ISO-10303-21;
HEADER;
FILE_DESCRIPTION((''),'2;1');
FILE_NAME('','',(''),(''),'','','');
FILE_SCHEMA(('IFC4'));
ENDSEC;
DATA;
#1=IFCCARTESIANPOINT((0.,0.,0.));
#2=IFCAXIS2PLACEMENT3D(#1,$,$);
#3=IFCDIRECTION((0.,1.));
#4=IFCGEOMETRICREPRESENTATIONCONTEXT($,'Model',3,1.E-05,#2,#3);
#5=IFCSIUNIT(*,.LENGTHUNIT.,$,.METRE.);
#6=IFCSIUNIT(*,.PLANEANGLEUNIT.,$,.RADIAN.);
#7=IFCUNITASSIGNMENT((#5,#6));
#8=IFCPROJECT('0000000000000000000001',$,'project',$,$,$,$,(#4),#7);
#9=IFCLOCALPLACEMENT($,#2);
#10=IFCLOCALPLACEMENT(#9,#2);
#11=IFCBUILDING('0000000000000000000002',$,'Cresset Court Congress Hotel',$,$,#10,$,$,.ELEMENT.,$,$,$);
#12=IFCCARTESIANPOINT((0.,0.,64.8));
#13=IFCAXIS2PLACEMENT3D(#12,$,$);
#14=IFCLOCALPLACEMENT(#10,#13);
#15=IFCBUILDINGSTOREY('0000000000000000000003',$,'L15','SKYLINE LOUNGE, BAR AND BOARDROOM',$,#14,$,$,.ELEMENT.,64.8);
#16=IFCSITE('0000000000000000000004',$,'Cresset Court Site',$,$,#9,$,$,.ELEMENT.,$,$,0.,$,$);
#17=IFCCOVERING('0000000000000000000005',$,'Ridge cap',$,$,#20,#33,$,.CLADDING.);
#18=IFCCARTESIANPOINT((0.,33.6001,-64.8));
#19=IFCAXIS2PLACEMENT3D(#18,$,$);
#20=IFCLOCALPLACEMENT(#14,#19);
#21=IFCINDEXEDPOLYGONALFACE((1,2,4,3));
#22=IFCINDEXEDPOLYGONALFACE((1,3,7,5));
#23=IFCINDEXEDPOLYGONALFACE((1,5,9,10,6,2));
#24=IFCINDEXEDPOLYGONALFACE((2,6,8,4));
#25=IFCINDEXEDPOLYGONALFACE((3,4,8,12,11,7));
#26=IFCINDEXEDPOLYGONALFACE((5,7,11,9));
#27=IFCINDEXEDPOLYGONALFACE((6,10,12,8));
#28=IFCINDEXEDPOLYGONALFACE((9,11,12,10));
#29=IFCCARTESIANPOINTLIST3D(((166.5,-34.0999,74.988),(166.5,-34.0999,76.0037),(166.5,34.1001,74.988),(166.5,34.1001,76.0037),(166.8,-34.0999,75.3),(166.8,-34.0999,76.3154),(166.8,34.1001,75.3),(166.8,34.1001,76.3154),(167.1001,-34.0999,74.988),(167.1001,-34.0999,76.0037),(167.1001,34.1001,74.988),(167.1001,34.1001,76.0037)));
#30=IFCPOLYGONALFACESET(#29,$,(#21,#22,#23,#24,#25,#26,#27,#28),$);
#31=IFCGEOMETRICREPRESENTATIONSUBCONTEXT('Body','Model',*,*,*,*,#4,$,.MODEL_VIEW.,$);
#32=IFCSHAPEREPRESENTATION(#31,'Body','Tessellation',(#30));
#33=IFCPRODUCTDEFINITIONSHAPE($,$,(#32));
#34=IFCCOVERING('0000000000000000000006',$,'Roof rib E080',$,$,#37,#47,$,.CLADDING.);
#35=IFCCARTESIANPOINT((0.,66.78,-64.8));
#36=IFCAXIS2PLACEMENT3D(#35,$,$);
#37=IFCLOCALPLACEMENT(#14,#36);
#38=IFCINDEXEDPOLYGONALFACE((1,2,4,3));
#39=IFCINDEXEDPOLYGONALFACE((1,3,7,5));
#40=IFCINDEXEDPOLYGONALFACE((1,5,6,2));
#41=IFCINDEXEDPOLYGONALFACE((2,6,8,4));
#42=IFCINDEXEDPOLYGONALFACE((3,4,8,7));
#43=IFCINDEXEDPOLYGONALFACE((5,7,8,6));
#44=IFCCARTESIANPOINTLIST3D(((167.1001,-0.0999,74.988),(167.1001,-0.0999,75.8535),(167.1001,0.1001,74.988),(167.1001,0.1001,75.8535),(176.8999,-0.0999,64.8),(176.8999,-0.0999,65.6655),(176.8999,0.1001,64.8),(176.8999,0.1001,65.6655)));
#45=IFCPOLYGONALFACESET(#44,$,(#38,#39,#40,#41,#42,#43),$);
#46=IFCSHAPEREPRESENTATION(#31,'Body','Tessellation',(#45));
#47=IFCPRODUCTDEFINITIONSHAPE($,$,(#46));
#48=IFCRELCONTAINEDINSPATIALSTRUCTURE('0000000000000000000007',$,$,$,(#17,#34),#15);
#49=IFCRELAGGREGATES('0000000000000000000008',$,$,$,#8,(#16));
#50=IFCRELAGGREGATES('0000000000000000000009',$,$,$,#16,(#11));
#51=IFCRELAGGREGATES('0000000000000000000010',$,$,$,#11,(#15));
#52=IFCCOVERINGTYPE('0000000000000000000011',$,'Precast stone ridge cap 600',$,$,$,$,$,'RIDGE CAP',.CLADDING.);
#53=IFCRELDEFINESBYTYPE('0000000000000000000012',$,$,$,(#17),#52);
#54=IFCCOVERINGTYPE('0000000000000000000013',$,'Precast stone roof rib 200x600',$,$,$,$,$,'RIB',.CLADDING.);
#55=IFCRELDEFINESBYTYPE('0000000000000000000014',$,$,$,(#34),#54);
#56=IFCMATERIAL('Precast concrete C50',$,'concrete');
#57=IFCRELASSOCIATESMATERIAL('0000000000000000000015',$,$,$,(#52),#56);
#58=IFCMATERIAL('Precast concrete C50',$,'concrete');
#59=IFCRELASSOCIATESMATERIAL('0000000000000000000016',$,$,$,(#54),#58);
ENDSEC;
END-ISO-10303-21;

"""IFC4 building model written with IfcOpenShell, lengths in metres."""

from ifc_helpers import new_model, si_unit, direction, frame, origin, place, context, subcontext, project, spatial, polyline, outline, extrude, material, type_object, element, save


model = new_model("IFC4")

# Units and contexts
model_context = context("Model", 3, precision=1e-05, world=origin(), true_north=direction((0.0, 1.0)))
body_context = subcontext(model_context, "Body", "Model", "MODEL_VIEW")
ifc_project = project(units=[si_unit("LENGTHUNIT", "METRE"), si_unit("PLANEANGLEUNIT", "RADIAN")], contexts=[model_context])

# Site, building, storey
site_placement = place(None, origin())
site = spatial("IfcSite", under=ifc_project, at=site_placement, Name="Cresset Court Site", CompositionType="ELEMENT", RefElevation=0.0)
building_placement = place(site_placement, origin())
building = spatial("IfcBuilding", under=site, at=building_placement, Name="Cresset Court Congress Hotel", CompositionType="ELEMENT")
storey_placement = place(building_placement, frame((0.0, 0.0, 64.8)))
storey = spatial("IfcBuildingStorey", under=building, at=storey_placement, Name="L15", Description="SKYLINE LOUNGE, BAR AND BOARDROOM", CompositionType="ELEMENT", Elevation=64.8)

# Coverings
ifc_material_1 = material(Name="Precast concrete C50", Category="concrete")
covering_type_1 = type_object("IfcCoveringType", Name="Precast stone ridge cap 600", ElementType="RIDGE CAP", PredefinedType="CLADDING", material=ifc_material_1)
covering_1_placement = place(storey_placement, frame((0.0, 33.6001, -64.8)))
element("IfcCovering", 1, at=covering_1_placement, inside=storey, type_object=covering_type_1, Name="Ridge cap", PredefinedType="CLADDING", context=body_context, shape_type="SweptSolid", body=[
    extrude(outline(polyline([(166.5, 74.988), (166.8, 75.3), (167.1001, 74.988), (167.1001, 76.0037), (166.8, 76.3154), (166.5, 76.0037), (166.5, 74.988)])), frame((0.0, 34.1001, 0.0), z_axis=(0.0, -1.0, 0.0), x_axis=(1.0, 0.0, 0.0)), (0.0, 0.0, 1.0), 68.2),
])
ifc_material_2 = material(Name="Precast concrete C50", Category="concrete")
covering_type_2 = type_object("IfcCoveringType", Name="Precast stone roof rib 200x600", ElementType="RIB", PredefinedType="CLADDING", material=ifc_material_2)
covering_2_placement = place(storey_placement, frame((0.0, 66.78, -64.8)))
element("IfcCovering", 2, at=covering_2_placement, inside=storey, type_object=covering_type_2, Name="Roof rib E080", PredefinedType="CLADDING", context=body_context, shape_type="SweptSolid", body=[
    extrude(outline(polyline([(167.1001, 74.988), (176.8999, 64.8), (176.8999, 65.6655), (167.1001, 75.8535), (167.1001, 74.988)])), frame((0.0, 0.1001, 0.0), z_axis=(0.0, -1.0, 0.0), x_axis=(1.0, 0.0, 0.0)), (0.0, 0.0, 1.0), 0.2),
])

save(model, "model.ifc")
